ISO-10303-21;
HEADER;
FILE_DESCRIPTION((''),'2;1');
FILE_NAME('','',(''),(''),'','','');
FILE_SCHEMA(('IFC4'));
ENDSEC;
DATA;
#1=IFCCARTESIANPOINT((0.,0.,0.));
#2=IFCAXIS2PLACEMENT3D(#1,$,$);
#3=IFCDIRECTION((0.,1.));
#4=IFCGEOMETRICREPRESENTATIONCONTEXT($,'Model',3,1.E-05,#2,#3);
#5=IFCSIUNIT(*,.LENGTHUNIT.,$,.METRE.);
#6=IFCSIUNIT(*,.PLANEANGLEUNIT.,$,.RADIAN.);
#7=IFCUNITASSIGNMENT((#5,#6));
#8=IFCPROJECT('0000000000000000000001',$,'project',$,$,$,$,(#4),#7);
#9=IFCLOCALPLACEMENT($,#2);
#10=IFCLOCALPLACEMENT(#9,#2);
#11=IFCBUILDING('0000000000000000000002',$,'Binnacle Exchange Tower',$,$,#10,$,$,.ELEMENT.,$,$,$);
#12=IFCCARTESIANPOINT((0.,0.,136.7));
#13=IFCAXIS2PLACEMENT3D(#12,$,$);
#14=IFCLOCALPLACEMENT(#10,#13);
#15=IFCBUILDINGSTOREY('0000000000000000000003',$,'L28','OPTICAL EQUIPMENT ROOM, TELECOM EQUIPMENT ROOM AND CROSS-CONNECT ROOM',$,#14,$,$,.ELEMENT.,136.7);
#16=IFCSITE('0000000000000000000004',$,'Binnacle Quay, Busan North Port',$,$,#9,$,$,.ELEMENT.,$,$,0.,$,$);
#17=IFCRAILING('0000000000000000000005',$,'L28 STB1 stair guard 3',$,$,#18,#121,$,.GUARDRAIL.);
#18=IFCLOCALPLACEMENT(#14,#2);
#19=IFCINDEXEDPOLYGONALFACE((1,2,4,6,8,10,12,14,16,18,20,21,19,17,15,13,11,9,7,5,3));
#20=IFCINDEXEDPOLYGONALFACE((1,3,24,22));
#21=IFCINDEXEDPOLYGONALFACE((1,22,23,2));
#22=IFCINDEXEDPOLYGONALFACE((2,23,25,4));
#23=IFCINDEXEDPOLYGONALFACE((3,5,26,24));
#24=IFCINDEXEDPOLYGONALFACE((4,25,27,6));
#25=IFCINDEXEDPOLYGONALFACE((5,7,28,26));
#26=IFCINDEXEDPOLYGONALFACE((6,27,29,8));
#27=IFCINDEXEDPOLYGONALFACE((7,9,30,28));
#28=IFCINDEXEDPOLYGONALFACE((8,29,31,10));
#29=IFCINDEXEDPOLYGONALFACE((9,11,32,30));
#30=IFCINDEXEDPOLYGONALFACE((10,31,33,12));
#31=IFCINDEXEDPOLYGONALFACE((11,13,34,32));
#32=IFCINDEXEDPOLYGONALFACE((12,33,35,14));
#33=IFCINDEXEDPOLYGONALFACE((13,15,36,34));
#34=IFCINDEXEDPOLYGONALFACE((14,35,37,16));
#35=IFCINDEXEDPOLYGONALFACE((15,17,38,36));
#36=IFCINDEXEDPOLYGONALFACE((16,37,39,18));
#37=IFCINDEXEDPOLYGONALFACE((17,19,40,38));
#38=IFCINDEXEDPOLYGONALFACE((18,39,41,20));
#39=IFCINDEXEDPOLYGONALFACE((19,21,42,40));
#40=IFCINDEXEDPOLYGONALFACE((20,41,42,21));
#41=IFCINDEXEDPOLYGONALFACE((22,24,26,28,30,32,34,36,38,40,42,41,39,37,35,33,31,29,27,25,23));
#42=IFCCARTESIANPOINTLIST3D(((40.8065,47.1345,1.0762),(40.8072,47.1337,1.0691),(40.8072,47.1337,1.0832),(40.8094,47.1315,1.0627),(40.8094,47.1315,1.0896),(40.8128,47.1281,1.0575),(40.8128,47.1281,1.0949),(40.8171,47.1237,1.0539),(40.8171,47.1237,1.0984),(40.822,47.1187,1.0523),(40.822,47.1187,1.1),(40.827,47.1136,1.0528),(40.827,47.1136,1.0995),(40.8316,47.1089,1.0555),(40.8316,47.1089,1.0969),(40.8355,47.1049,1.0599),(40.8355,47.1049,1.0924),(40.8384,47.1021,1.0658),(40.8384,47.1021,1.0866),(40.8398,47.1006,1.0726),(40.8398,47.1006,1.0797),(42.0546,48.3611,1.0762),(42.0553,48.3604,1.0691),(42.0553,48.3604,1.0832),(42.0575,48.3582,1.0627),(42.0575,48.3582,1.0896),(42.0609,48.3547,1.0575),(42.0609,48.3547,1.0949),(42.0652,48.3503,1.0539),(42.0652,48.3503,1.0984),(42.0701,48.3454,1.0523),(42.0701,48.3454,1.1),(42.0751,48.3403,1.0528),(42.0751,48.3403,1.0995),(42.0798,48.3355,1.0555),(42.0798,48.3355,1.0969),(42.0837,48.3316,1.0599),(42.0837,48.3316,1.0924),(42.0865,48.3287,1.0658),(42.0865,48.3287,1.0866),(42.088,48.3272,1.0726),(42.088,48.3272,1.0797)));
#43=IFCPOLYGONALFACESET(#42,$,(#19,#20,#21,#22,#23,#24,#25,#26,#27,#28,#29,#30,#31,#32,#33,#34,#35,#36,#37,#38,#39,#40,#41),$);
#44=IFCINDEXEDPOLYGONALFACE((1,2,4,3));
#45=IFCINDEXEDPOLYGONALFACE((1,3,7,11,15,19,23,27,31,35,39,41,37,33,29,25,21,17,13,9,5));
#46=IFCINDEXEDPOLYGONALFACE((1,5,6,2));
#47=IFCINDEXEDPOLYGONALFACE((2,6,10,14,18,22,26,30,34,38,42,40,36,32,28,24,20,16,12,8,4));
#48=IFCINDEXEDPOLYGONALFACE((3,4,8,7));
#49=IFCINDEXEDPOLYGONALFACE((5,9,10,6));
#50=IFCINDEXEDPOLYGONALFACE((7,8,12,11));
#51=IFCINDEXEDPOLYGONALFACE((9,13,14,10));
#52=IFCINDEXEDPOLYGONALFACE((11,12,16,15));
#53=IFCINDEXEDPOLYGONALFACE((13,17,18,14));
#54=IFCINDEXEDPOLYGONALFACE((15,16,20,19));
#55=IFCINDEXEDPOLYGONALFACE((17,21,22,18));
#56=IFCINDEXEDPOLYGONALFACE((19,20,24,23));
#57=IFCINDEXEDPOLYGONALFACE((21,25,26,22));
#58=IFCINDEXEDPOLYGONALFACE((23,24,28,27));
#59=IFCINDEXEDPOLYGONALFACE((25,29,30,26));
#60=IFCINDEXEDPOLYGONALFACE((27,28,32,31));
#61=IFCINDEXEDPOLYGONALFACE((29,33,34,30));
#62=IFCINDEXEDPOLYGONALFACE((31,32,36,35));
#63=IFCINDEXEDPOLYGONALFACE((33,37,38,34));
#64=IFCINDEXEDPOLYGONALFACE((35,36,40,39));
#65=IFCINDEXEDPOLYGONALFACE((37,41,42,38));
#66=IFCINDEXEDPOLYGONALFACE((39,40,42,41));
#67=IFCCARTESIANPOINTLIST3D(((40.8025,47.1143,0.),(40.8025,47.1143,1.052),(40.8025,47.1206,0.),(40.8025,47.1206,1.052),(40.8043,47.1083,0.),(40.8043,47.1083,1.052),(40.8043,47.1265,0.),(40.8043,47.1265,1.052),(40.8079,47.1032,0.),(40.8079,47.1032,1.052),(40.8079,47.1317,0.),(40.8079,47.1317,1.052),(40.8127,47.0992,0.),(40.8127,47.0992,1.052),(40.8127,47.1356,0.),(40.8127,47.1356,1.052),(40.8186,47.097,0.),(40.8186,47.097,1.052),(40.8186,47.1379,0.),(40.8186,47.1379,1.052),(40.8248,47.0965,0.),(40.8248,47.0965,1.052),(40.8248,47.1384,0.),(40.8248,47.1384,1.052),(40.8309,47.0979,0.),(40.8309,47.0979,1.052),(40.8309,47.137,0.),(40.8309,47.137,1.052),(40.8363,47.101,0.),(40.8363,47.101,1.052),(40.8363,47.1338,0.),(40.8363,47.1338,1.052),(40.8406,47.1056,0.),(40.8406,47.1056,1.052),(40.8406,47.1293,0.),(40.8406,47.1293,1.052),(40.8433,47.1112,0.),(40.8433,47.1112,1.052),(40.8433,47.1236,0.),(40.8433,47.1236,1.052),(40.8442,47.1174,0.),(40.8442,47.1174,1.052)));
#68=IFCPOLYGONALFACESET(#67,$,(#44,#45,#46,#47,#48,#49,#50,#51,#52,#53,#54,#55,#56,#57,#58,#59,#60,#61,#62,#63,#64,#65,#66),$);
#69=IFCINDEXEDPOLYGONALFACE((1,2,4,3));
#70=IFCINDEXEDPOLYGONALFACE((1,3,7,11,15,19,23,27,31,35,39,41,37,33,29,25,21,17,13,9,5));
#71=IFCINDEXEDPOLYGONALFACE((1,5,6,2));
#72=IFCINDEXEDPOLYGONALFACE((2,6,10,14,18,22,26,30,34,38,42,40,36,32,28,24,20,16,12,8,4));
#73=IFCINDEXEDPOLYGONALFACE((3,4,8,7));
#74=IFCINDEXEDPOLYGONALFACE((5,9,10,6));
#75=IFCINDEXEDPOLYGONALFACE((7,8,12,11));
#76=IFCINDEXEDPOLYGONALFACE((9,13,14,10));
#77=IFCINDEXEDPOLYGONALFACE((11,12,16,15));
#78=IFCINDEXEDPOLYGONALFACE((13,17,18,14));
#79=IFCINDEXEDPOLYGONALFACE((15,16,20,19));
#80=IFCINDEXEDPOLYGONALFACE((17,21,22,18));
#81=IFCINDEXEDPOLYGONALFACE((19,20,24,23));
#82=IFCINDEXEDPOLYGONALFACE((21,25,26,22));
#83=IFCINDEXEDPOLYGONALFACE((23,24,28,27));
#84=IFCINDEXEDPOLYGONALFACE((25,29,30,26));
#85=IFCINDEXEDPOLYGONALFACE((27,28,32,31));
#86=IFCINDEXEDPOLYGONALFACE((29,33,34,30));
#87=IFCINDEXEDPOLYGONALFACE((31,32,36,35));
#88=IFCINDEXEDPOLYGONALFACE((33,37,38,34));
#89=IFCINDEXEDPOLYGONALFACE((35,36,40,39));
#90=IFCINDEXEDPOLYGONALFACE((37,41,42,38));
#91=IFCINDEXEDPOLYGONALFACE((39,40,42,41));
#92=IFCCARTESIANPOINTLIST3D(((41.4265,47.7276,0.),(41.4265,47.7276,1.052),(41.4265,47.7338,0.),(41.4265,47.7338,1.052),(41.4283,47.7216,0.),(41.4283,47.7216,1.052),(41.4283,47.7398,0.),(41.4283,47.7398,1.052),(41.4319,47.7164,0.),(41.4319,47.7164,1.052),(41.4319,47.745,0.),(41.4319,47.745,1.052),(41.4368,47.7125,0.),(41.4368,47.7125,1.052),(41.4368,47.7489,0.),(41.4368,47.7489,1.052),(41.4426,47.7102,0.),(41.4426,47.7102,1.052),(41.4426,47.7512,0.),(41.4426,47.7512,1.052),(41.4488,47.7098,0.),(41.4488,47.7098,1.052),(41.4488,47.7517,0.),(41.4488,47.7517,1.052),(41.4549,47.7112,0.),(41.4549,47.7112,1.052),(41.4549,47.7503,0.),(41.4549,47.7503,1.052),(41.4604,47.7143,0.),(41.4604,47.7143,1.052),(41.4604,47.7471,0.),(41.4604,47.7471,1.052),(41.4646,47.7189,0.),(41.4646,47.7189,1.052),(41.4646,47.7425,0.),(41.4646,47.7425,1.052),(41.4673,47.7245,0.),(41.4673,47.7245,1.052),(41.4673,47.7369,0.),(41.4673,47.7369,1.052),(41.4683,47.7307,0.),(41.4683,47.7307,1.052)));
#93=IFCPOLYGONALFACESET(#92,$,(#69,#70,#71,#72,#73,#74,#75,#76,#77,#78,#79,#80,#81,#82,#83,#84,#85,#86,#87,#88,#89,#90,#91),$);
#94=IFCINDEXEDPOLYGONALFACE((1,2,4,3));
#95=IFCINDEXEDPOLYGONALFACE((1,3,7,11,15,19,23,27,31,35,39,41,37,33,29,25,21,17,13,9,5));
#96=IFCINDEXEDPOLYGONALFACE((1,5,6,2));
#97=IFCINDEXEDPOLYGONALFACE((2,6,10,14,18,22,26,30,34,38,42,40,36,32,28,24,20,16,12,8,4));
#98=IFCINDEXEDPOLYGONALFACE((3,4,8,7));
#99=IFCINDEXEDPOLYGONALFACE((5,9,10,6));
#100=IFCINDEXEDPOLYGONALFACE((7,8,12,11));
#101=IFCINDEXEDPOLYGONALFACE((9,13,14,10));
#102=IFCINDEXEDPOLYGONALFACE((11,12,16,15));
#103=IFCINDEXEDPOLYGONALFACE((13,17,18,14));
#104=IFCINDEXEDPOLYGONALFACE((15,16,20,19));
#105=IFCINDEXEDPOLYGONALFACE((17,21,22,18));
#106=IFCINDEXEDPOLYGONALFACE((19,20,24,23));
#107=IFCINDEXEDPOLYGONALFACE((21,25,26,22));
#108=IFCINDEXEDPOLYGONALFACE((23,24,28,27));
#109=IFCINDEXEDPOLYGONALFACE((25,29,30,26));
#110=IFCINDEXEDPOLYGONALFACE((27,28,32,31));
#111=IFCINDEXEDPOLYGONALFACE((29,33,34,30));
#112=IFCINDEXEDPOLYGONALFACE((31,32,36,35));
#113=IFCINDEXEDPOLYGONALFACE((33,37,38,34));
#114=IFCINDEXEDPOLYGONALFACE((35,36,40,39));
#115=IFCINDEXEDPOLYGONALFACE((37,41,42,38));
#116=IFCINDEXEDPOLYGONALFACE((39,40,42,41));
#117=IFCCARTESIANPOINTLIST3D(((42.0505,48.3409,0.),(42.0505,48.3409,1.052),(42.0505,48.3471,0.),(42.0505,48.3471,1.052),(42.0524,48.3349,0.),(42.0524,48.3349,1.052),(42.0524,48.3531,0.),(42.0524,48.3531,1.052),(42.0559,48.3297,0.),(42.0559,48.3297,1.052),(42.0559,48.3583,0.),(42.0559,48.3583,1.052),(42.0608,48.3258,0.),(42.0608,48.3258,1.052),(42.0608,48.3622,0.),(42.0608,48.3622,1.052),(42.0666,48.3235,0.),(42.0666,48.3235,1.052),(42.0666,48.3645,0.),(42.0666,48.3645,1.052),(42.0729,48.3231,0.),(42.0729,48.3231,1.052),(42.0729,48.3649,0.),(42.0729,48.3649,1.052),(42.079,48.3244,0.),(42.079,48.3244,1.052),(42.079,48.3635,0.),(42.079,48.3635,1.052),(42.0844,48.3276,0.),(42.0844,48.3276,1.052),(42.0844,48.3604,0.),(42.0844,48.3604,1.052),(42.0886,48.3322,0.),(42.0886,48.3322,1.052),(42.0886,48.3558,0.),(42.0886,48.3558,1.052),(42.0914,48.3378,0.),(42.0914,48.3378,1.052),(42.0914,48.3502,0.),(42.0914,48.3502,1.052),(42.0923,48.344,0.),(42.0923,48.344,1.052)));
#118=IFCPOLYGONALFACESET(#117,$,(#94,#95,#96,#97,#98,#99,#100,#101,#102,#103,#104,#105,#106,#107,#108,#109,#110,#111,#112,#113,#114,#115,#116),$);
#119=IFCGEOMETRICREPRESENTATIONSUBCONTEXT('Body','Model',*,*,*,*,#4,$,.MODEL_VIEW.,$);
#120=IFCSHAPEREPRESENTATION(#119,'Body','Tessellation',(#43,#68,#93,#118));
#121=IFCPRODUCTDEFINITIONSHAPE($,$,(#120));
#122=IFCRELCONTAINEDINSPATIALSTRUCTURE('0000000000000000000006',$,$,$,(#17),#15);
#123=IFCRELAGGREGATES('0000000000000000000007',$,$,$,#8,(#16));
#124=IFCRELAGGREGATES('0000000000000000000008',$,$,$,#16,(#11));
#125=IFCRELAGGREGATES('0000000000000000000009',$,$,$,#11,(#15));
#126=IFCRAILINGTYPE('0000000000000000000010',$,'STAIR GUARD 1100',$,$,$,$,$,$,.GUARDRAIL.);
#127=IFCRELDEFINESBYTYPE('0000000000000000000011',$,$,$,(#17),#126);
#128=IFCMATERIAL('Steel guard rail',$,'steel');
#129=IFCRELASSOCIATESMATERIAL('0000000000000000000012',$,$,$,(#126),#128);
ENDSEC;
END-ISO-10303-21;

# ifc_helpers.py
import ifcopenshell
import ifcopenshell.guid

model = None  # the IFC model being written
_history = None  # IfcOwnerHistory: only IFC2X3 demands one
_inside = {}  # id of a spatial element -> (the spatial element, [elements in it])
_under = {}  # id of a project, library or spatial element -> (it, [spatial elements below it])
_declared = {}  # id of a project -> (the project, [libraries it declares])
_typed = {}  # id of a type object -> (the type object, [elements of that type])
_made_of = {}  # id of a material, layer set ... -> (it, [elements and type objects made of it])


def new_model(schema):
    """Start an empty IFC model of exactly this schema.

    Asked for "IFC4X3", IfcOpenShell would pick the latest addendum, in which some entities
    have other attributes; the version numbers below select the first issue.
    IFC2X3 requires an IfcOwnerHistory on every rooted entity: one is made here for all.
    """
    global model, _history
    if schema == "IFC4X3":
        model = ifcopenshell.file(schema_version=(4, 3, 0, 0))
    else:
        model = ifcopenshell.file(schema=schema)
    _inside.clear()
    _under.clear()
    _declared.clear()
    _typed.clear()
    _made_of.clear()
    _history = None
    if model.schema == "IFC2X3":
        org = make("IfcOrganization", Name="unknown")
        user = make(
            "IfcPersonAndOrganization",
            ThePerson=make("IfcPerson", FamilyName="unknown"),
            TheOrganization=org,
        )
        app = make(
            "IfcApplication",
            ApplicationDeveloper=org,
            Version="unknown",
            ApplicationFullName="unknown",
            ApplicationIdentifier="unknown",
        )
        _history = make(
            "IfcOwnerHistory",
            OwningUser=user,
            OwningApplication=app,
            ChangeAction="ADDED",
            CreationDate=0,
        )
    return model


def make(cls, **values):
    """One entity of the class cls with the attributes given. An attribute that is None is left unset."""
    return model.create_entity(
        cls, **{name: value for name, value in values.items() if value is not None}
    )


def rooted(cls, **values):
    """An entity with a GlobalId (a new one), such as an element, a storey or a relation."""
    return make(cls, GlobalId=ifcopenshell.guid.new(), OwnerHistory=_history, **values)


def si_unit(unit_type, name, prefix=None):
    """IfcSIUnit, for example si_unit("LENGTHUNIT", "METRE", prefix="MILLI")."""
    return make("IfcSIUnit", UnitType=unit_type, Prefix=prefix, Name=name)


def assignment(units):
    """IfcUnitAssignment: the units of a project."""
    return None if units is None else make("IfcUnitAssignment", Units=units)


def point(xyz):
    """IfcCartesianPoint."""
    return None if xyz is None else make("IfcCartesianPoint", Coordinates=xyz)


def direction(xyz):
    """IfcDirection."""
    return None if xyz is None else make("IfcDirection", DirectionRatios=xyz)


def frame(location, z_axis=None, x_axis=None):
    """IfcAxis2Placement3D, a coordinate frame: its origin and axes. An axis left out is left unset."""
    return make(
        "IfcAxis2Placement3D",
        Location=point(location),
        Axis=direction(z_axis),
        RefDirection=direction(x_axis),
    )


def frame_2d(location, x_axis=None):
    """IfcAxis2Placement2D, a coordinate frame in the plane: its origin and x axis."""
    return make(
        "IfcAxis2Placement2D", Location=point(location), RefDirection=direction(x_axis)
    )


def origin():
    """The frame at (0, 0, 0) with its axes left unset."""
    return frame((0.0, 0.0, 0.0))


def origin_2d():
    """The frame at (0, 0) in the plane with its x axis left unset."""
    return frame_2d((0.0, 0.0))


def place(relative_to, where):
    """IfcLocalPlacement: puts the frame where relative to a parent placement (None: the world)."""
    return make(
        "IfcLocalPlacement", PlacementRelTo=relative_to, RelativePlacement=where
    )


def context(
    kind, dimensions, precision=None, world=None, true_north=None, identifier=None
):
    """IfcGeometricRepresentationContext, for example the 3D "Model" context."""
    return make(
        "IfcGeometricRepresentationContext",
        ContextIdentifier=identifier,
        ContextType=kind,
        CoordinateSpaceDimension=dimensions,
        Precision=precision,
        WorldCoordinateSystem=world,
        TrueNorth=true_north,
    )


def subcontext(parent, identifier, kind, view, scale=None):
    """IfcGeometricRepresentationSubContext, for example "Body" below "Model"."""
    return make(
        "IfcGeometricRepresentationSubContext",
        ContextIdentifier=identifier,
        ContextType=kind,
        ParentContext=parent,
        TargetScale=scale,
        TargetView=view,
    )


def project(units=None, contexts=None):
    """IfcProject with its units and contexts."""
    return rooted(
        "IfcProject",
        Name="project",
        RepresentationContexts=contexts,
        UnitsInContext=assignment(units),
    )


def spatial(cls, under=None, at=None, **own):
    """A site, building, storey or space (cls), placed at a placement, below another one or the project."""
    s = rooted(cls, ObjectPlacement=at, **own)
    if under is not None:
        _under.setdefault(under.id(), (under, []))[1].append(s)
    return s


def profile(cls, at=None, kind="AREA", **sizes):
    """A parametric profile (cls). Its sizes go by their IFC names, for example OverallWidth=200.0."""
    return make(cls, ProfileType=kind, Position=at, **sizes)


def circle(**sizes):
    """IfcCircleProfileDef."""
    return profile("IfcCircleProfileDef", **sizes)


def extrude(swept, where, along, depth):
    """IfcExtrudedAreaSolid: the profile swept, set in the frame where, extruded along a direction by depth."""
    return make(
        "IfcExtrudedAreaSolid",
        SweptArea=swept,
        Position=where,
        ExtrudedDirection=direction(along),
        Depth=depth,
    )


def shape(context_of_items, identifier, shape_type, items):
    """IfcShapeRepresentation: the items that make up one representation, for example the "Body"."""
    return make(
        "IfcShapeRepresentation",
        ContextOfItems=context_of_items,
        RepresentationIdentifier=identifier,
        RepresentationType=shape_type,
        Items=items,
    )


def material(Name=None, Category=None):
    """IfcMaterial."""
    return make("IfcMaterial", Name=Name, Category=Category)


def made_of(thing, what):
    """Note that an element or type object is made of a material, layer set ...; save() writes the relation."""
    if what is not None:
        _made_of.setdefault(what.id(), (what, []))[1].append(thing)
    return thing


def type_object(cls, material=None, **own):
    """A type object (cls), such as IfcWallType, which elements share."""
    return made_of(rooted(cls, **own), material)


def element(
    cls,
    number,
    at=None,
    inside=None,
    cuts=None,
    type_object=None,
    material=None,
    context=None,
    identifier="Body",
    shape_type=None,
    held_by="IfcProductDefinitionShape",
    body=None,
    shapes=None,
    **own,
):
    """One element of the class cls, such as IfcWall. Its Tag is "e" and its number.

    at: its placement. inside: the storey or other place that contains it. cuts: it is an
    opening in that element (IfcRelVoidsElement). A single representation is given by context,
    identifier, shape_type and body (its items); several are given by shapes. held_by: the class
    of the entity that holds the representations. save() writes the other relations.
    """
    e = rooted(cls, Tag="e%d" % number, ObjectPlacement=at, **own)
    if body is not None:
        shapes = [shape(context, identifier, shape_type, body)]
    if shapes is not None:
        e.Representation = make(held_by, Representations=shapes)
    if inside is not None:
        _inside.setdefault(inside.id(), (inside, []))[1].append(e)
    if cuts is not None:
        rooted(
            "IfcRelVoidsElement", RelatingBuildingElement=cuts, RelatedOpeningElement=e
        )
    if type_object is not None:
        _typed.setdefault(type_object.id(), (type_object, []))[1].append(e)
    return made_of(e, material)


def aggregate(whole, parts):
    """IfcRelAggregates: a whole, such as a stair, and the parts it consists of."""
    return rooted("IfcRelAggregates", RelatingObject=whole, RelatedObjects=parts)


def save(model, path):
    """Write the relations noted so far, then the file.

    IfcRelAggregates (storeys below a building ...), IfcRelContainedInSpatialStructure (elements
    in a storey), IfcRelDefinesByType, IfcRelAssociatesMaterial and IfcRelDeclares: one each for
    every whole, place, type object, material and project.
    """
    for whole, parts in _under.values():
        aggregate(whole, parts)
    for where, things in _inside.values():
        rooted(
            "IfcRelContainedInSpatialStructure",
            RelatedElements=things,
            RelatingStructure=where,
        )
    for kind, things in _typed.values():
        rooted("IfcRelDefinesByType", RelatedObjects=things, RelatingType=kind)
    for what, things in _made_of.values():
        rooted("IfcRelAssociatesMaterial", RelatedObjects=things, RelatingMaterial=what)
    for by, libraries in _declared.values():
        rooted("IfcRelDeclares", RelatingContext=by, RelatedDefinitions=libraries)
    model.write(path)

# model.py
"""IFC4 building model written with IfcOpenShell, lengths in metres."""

from ifc_helpers import new_model, si_unit, direction, frame, origin, origin_2d, place, context, subcontext, project, spatial, circle, extrude, material, type_object, element, save


model = new_model("IFC4")

# Units and contexts
model_context = context("Model", 3, precision=1e-05, world=origin(), true_north=direction((0.0, 1.0)))
body_context = subcontext(model_context, "Body", "Model", "MODEL_VIEW")
ifc_project = project(units=[si_unit("LENGTHUNIT", "METRE"), si_unit("PLANEANGLEUNIT", "RADIAN")], contexts=[model_context])

# Site, building, storey
site_placement = place(None, origin())
site = spatial("IfcSite", under=ifc_project, at=site_placement, Name="Binnacle Quay, Busan North Port", CompositionType="ELEMENT", RefElevation=0.0)
building_placement = place(site_placement, origin())
building = spatial("IfcBuilding", under=site, at=building_placement, Name="Binnacle Exchange Tower", CompositionType="ELEMENT")
storey_placement = place(building_placement, frame((0.0, 0.0, 136.7)))
storey = spatial("IfcBuildingStorey", under=building, at=storey_placement, Name="L28", Description="OPTICAL EQUIPMENT ROOM, TELECOM EQUIPMENT ROOM AND CROSS-CONNECT ROOM", CompositionType="ELEMENT", Elevation=136.7)

# Railing
ifc_material_1 = material(Name="Steel guard rail", Category="steel")
railing_type_1 = type_object("IfcRailingType", Name="STAIR GUARD 1100", PredefinedType="GUARDRAIL", material=ifc_material_1)
railing_1_placement = place(storey_placement, frame((40.8232, 47.1174, 0.0)))
element("IfcRailing", 1, at=railing_1_placement, inside=storey, type_object=railing_type_1, Name="L28 STB1 stair guard 3", PredefinedType="GUARDRAIL", context=body_context, shape_type="SweptSolid", body=[
    extrude(circle(Radius=0.0239, at=origin_2d()), frame((0.0, 0.0, 1.0762), z_axis=(0.713219, 0.700941, 0.0), x_axis=(-0.700941, 0.713219, 0.0)), (0.0, 0.0, 1.0), 1.75),
    extrude(circle(Radius=0.021, at=origin_2d()), origin(), (0.0, 0.0, 1.0), 1.052),
    extrude(circle(Radius=0.021, at=origin_2d()), frame((0.624, 0.6133, 0.0)), (0.0, 0.0, 1.0), 1.052),
    extrude(circle(Radius=0.021, at=origin_2d()), frame((1.248, 1.2266, 0.0)), (0.0, 0.0, 1.0), 1.052),
])

save(model, "model.ifc")
